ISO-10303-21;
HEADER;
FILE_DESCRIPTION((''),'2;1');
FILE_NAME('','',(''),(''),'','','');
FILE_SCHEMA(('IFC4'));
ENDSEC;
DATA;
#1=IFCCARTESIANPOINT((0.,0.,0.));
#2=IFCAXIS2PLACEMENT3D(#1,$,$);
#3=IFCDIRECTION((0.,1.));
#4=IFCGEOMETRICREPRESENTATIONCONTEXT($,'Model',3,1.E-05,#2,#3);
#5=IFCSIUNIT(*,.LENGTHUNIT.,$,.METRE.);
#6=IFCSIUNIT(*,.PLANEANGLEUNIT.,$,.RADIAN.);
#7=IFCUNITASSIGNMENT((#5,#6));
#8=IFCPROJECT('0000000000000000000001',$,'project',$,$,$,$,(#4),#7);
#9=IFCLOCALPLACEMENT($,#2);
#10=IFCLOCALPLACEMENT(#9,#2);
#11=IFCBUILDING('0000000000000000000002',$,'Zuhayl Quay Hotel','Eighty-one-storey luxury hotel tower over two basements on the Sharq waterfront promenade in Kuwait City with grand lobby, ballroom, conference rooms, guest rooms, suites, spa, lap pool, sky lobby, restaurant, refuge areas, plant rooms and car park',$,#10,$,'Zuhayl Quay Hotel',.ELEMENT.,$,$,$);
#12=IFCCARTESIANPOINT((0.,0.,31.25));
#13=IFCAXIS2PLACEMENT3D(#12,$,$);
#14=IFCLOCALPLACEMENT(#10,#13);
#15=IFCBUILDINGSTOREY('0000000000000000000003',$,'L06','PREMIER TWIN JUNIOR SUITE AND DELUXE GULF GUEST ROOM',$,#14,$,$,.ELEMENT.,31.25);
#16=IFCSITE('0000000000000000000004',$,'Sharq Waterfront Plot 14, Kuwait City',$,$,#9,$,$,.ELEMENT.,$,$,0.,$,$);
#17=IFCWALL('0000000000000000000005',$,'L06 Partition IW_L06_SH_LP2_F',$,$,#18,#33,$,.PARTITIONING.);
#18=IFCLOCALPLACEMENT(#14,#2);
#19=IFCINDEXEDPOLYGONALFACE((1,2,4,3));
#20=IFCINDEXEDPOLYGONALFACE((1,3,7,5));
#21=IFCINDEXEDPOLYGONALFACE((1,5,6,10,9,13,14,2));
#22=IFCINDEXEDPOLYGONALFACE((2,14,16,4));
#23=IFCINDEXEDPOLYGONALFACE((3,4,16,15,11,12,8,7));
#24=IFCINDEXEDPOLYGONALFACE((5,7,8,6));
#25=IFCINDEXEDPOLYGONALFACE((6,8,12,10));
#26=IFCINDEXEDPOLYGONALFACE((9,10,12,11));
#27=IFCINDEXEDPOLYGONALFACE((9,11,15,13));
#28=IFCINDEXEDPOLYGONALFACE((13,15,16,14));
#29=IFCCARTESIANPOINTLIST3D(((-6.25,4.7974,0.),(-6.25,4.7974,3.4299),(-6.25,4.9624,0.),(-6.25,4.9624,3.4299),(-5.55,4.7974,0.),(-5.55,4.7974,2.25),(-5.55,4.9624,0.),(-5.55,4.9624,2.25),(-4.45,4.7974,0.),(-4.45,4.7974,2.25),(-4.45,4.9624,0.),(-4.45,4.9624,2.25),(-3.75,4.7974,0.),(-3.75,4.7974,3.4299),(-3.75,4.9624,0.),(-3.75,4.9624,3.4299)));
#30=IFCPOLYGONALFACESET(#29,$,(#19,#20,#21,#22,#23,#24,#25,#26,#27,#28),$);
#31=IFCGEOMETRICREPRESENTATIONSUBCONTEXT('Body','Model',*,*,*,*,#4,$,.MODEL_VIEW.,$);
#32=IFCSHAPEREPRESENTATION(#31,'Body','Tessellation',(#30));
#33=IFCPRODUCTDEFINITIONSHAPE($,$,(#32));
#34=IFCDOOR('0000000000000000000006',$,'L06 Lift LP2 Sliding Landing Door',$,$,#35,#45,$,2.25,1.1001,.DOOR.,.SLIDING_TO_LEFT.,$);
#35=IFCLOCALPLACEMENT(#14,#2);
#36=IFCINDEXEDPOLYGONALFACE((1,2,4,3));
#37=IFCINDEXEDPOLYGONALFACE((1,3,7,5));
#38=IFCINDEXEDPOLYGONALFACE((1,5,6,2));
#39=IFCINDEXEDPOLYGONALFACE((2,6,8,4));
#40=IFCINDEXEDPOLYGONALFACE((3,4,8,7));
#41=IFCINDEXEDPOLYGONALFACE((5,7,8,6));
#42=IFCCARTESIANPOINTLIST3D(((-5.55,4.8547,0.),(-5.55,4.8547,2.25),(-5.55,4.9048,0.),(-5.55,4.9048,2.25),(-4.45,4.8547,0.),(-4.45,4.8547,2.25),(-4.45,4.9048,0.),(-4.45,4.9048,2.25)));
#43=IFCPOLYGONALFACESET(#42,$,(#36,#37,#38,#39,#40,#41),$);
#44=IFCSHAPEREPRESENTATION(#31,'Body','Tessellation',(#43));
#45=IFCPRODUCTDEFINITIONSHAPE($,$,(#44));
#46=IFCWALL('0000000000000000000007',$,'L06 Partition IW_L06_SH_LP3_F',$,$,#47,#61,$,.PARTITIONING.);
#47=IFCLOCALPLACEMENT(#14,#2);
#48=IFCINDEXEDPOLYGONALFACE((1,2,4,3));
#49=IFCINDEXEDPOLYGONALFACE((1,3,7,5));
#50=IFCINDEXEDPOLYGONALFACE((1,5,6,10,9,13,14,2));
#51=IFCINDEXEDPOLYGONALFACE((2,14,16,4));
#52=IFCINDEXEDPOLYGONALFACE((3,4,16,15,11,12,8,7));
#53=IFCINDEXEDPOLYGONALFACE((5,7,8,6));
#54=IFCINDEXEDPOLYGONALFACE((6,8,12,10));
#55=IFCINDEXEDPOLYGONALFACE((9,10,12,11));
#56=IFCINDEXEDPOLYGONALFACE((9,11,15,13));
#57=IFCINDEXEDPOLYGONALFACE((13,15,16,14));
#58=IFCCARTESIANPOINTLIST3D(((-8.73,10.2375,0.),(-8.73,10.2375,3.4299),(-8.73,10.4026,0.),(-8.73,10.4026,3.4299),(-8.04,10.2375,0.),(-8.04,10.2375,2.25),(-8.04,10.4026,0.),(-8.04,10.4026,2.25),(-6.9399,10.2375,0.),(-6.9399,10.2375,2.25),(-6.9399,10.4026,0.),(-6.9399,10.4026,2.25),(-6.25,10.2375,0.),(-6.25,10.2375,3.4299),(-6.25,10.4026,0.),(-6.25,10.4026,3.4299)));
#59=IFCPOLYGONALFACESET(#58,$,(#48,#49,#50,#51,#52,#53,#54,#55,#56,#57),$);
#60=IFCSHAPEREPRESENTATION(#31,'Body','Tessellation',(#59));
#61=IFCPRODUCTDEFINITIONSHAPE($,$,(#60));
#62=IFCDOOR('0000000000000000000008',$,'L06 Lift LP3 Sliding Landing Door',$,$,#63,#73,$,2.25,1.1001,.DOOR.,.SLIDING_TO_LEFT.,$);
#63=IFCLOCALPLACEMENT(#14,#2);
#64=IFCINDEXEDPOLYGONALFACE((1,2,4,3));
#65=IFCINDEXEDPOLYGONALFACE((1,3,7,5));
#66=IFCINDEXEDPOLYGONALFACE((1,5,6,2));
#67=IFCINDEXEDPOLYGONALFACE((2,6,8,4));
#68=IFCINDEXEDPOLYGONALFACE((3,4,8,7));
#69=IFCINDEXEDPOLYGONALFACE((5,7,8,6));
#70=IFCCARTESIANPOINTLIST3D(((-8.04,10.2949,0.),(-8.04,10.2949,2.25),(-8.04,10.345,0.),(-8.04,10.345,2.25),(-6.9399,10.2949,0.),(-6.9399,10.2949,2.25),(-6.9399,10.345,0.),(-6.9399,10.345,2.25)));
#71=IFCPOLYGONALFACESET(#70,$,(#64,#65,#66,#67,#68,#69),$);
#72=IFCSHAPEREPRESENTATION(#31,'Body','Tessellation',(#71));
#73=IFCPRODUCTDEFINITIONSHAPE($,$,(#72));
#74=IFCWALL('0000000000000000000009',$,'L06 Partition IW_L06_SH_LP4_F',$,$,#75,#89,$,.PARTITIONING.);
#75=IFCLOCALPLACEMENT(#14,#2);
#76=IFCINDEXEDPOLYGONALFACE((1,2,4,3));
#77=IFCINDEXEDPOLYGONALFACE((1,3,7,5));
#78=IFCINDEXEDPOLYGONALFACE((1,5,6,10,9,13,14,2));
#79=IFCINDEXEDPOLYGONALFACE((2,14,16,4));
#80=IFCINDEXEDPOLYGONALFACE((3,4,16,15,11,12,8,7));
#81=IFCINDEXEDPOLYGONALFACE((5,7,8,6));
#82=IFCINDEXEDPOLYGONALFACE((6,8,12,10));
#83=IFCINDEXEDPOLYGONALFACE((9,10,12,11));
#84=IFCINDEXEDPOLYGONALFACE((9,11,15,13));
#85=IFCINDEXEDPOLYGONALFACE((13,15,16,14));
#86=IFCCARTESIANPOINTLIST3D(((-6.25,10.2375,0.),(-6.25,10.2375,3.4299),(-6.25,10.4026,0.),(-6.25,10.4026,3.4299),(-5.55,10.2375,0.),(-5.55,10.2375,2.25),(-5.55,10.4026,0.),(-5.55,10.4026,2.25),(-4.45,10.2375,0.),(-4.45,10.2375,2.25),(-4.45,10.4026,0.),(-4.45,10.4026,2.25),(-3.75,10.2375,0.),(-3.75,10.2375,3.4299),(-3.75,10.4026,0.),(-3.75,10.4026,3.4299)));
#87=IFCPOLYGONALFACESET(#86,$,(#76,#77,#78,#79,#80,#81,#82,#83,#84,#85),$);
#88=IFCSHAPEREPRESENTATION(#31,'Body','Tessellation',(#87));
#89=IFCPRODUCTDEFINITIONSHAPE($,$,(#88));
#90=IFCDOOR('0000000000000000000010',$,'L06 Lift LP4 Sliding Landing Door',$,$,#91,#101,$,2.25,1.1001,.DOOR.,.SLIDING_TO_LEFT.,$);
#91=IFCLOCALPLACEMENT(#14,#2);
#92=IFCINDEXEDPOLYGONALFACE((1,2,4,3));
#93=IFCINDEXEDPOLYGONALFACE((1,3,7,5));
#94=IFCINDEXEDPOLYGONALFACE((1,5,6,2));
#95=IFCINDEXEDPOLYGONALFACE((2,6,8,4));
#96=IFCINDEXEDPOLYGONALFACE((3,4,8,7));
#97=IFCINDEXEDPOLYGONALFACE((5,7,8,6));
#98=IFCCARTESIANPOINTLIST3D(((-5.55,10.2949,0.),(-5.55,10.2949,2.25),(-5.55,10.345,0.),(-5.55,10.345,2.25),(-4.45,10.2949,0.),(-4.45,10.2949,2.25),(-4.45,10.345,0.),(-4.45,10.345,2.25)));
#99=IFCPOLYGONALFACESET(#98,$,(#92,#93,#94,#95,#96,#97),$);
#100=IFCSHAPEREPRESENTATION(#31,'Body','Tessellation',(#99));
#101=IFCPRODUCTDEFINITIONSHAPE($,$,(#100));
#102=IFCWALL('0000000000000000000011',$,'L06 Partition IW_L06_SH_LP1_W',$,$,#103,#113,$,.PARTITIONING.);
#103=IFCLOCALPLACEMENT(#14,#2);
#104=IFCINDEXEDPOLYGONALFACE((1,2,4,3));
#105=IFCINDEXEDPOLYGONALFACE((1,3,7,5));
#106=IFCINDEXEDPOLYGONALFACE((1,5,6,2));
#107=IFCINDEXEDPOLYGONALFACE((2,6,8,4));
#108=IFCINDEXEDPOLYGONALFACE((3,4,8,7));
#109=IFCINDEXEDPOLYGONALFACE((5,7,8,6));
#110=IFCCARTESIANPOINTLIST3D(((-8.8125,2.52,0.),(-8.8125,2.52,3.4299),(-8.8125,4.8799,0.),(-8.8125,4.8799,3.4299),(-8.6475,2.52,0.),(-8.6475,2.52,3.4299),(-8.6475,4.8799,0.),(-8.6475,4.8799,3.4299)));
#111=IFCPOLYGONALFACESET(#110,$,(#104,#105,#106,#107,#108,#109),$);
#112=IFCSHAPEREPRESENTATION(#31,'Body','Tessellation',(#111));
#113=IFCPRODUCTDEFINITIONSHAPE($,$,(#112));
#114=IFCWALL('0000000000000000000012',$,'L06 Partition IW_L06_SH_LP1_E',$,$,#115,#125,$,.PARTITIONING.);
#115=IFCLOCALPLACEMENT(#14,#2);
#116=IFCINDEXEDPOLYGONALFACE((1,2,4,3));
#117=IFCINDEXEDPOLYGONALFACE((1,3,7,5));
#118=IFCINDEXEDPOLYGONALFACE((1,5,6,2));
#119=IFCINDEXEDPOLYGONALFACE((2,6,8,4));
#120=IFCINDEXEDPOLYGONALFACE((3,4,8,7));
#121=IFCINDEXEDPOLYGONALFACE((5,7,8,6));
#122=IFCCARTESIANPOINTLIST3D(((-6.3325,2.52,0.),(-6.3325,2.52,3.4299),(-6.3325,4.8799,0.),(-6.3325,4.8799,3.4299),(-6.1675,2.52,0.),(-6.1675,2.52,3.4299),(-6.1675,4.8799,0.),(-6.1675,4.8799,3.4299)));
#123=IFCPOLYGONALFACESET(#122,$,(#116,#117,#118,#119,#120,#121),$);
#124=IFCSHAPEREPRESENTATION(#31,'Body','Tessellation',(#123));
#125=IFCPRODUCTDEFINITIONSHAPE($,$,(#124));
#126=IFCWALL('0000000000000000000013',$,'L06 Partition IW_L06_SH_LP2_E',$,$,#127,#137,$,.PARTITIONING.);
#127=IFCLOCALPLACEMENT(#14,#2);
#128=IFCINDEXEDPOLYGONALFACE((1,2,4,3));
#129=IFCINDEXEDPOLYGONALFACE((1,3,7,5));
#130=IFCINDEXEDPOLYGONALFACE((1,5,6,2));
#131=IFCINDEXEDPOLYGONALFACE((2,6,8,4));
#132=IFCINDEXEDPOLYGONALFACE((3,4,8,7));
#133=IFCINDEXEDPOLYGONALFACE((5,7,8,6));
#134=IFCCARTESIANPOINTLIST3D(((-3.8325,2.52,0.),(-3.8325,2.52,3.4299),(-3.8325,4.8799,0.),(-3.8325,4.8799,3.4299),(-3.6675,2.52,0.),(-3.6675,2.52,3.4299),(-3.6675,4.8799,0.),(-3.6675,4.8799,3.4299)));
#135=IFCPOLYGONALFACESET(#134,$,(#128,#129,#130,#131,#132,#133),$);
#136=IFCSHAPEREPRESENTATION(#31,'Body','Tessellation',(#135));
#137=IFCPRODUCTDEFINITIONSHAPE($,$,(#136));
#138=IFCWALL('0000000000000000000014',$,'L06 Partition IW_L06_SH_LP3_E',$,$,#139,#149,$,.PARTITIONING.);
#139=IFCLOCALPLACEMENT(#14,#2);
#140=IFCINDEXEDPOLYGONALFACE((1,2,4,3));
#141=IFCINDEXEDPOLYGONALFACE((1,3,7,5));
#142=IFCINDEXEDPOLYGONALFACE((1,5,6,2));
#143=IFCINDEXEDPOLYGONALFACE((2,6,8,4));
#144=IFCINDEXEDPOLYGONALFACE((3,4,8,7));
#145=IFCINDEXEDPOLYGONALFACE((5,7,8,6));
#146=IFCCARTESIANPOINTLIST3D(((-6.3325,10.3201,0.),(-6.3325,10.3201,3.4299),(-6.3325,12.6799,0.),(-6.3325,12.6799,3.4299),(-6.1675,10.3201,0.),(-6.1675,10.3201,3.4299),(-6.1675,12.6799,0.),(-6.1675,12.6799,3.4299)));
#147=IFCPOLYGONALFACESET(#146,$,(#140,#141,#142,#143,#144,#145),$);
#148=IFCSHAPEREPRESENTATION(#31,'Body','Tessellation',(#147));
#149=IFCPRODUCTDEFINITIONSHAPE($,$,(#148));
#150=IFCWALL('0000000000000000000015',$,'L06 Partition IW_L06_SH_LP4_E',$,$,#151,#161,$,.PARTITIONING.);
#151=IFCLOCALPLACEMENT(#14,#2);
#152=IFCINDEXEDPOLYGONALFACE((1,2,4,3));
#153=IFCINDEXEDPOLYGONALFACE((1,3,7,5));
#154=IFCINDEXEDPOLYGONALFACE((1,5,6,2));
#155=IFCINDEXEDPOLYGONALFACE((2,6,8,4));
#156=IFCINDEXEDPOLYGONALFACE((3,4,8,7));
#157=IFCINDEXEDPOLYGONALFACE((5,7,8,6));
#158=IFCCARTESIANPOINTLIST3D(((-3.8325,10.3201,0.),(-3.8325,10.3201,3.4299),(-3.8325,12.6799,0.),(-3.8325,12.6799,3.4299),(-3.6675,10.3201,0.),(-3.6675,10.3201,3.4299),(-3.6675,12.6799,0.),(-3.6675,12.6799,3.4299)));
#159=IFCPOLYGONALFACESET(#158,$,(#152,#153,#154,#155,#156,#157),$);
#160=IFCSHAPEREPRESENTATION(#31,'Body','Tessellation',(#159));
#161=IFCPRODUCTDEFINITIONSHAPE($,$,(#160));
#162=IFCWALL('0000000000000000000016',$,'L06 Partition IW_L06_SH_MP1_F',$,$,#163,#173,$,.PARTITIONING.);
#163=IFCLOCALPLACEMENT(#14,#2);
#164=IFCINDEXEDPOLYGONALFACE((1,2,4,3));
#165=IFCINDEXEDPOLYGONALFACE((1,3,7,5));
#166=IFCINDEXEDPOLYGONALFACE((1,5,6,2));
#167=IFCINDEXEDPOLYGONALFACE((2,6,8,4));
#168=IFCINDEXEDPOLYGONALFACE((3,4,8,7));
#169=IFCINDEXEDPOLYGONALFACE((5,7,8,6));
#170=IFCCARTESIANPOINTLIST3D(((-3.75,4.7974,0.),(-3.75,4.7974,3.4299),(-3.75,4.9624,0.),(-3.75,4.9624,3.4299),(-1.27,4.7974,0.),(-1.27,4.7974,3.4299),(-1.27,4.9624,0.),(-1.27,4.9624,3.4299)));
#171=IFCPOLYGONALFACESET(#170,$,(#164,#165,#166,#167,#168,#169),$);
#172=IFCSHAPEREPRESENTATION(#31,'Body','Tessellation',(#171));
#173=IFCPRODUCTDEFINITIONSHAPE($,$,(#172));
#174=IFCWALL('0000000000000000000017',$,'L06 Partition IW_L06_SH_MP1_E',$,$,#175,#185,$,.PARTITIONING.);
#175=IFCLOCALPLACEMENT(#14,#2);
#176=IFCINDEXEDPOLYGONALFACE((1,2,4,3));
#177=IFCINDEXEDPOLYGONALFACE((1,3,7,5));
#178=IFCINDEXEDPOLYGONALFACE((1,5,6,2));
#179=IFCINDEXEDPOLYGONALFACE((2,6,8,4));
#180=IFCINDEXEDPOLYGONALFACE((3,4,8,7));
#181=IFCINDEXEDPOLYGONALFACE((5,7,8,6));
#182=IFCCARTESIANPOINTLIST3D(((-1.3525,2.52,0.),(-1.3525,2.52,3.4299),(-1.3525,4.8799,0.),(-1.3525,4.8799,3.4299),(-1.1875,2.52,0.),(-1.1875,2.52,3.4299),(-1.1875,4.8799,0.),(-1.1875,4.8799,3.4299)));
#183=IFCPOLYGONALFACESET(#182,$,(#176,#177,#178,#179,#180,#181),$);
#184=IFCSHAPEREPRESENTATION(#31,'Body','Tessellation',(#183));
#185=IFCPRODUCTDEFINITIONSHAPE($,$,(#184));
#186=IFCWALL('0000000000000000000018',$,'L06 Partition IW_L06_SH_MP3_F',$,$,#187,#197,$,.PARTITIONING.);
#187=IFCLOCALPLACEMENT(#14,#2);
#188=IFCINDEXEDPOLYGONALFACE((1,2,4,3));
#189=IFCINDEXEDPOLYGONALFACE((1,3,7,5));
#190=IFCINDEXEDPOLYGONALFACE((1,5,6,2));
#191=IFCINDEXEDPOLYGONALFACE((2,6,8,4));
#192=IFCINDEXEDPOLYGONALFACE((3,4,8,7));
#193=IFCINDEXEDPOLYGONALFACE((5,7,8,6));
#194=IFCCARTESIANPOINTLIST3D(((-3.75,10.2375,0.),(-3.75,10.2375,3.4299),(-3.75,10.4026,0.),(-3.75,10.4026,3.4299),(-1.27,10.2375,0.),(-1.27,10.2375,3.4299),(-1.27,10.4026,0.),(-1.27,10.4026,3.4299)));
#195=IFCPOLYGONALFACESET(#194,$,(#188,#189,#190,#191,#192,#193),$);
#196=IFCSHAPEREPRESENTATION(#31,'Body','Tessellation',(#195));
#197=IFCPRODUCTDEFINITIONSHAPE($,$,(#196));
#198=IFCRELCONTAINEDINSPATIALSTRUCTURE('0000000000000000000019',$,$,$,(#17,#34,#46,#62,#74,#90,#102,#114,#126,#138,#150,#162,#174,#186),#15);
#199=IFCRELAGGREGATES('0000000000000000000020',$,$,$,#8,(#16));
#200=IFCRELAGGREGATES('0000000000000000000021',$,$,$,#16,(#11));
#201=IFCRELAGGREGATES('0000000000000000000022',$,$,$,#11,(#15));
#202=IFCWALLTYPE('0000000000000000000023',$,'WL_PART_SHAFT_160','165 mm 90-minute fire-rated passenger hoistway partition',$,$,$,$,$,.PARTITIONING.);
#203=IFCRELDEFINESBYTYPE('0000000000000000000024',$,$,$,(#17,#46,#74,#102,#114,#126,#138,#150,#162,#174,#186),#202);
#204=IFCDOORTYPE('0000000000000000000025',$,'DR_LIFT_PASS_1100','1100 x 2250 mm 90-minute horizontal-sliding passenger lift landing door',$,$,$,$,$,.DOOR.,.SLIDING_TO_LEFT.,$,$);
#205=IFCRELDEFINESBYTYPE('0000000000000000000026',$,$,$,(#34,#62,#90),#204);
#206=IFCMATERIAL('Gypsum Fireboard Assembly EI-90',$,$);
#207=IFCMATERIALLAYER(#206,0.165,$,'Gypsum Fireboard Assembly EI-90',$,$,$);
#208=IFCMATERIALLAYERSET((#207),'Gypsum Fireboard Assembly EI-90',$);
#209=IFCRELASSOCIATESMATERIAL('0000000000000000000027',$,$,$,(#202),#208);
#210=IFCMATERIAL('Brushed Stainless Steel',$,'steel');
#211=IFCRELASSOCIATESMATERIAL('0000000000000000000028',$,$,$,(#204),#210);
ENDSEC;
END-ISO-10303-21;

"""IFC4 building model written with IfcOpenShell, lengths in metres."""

from ifc_helpers import new_model, si_unit, direction, frame, frame_2d, origin, place, context, subcontext, project, spatial, rectangle, extrude, material, layer, layer_set, type_object, element, fill, save


model = new_model("IFC4")

# Units and contexts
model_context = context("Model", 3, precision=1e-05, world=origin(), true_north=direction((0.0, 1.0)))
body_context = subcontext(model_context, "Body", "Model", "MODEL_VIEW")
ifc_project = project(units=[si_unit("LENGTHUNIT", "METRE"), si_unit("PLANEANGLEUNIT", "RADIAN")], contexts=[model_context])

# Site, building, storey
site_placement = place(None, origin())
site = spatial("IfcSite", under=ifc_project, at=site_placement, Name="Sharq Waterfront Plot 14, Kuwait City", CompositionType="ELEMENT", RefElevation=0.0)
building_placement = place(site_placement, origin())
building = spatial("IfcBuilding", under=site, at=building_placement, Name="Zuhayl Quay Hotel", Description="Eighty-one-storey luxury hotel tower over two basements on the Sharq waterfront promenade in Kuwait City with grand lobby, ballroom, conference rooms, guest rooms, suites, spa, lap pool, sky lobby, restaurant, refuge areas, plant rooms and car park", LongName="Zuhayl Quay Hotel", CompositionType="ELEMENT")
storey_placement = place(building_placement, frame((0.0, 0.0, 31.25)))
storey = spatial("IfcBuildingStorey", under=building, at=storey_placement, Name="L06", Description="PREMIER TWIN JUNIOR SUITE AND DELUXE GULF GUEST ROOM", CompositionType="ELEMENT", Elevation=31.25)

# Walls, openings, doors
ifc_material_1 = material(Name="Gypsum Fireboard Assembly EI-90")
ifc_layer_1 = layer(ifc_material_1, 0.165, Name="Gypsum Fireboard Assembly EI-90")
ifc_layer_set_1 = layer_set([ifc_layer_1], Name="Gypsum Fireboard Assembly EI-90")
wall_type_1 = type_object("IfcWallType", Name="WL_PART_SHAFT_160", Description="165 mm 90-minute fire-rated passenger hoistway partition", PredefinedType="PARTITIONING", material=ifc_layer_set_1)
ifc_material_2 = material(Name="Brushed Stainless Steel", Category="steel")
door_type_1 = type_object("IfcDoorType", Name="DR_LIFT_PASS_1100", Description="1100 x 2250 mm 90-minute horizontal-sliding passenger lift landing door", OperationType="SLIDING_TO_LEFT", PredefinedType="DOOR", material=ifc_material_2)
wall_1_placement = place(storey_placement, frame((-6.25, 4.8799, 0.0), z_axis=(0.0, 0.0, 1.0), x_axis=(1.0, 0.0, 0.0)))
wall_1 = element("IfcWall", 1, at=wall_1_placement, inside=storey, type_object=wall_type_1, Name="L06 Partition IW_L06_SH_LP2_F", PredefinedType="PARTITIONING", context=body_context, shape_type="SweptSolid", body=[
    extrude(rectangle(XDim=2.5, YDim=0.165, at=frame_2d((1.25, 0.0))), origin(), (0.0, 0.0, 1.0), 3.4299),
])
opening_1_placement = place(wall_1_placement, frame((0.7, 0.0, 0.0)))
opening_1 = element("IfcOpeningElement", 2, at=opening_1_placement, cuts=wall_1, PredefinedType="OPENING", context=body_context, shape_type="SweptSolid", body=[
    extrude(rectangle(XDim=1.1001, YDim=2.25, at=frame_2d((0.55, 1.125))), frame((0.0, 0.0925, 0.0), z_axis=(0.0, -1.0, 0.0), x_axis=(1.0, 0.0, 0.0)), (0.0, 0.0, 1.0), 0.1851),
])
door_1_placement = place(opening_1_placement, origin())
door_1 = element("IfcDoor", 3, at=door_1_placement, inside=storey, type_object=door_type_1, Name="L06 Lift LP2 Sliding Landing Door", OperationType="SLIDING_TO_LEFT", OverallHeight=2.25, OverallWidth=1.1001, PredefinedType="DOOR", context=body_context, shape_type="SweptSolid", body=[
    extrude(rectangle(XDim=1.1001, YDim=2.25, at=frame_2d((0.55, 1.125))), frame((0.0, 0.0249, 0.0), z_axis=(0.0, -1.0, 0.0), x_axis=(1.0, 0.0, 0.0)), (0.0, 0.0, 1.0), 0.05),
])
fill(opening_1, door_1)
wall_2_placement = place(storey_placement, frame((-8.73, 10.3201, 0.0), z_axis=(0.0, 0.0, 1.0), x_axis=(1.0, 0.0, 0.0)))
wall_2 = element("IfcWall", 4, at=wall_2_placement, inside=storey, type_object=wall_type_1, Name="L06 Partition IW_L06_SH_LP3_F", PredefinedType="PARTITIONING", context=body_context, shape_type="SweptSolid", body=[
    extrude(rectangle(XDim=2.48, YDim=0.165, at=frame_2d((1.24, 0.0))), origin(), (0.0, 0.0, 1.0), 3.4299),
])
opening_2_placement = place(wall_2_placement, frame((0.6899, 0.0, 0.0)))
opening_2 = element("IfcOpeningElement", 5, at=opening_2_placement, cuts=wall_2, PredefinedType="OPENING", context=body_context, shape_type="SweptSolid", body=[
    extrude(rectangle(XDim=1.1001, YDim=2.25, at=frame_2d((0.55, 1.125))), frame((0.0, 0.0925, 0.0), z_axis=(0.0, -1.0, 0.0), x_axis=(1.0, 0.0, 0.0)), (0.0, 0.0, 1.0), 0.1851),
])
door_2_placement = place(opening_2_placement, origin())
door_2 = element("IfcDoor", 6, at=door_2_placement, inside=storey, type_object=door_type_1, Name="L06 Lift LP3 Sliding Landing Door", OperationType="SLIDING_TO_LEFT", OverallHeight=2.25, OverallWidth=1.1001, PredefinedType="DOOR", context=body_context, shape_type="SweptSolid", body=[
    extrude(rectangle(XDim=1.1001, YDim=2.25, at=frame_2d((0.55, 1.125))), frame((0.0, 0.0249, 0.0), z_axis=(0.0, -1.0, 0.0), x_axis=(1.0, 0.0, 0.0)), (0.0, 0.0, 1.0), 0.05),
])
fill(opening_2, door_2)
wall_3_placement = place(storey_placement, frame((-6.25, 10.3201, 0.0), z_axis=(0.0, 0.0, 1.0), x_axis=(1.0, 0.0, 0.0)))
wall_3 = element("IfcWall", 7, at=wall_3_placement, inside=storey, type_object=wall_type_1, Name="L06 Partition IW_L06_SH_LP4_F", PredefinedType="PARTITIONING", context=body_context, shape_type="SweptSolid", body=[
    extrude(rectangle(XDim=2.5, YDim=0.165, at=frame_2d((1.25, 0.0))), origin(), (0.0, 0.0, 1.0), 3.4299),
])
opening_3_placement = place(wall_3_placement, frame((0.7, 0.0, 0.0)))
opening_3 = element("IfcOpeningElement", 8, at=opening_3_placement, cuts=wall_3, PredefinedType="OPENING", context=body_context, shape_type="SweptSolid", body=[
    extrude(rectangle(XDim=1.1001, YDim=2.25, at=frame_2d((0.55, 1.125))), frame((0.0, 0.0925, 0.0), z_axis=(0.0, -1.0, 0.0), x_axis=(1.0, 0.0, 0.0)), (0.0, 0.0, 1.0), 0.1851),
])
door_3_placement = place(opening_3_placement, origin())
door_3 = element("IfcDoor", 9, at=door_3_placement, inside=storey, type_object=door_type_1, Name="L06 Lift LP4 Sliding Landing Door", OperationType="SLIDING_TO_LEFT", OverallHeight=2.25, OverallWidth=1.1001, PredefinedType="DOOR", context=body_context, shape_type="SweptSolid", body=[
    extrude(rectangle(XDim=1.1001, YDim=2.25, at=frame_2d((0.55, 1.125))), frame((0.0, 0.0249, 0.0), z_axis=(0.0, -1.0, 0.0), x_axis=(1.0, 0.0, 0.0)), (0.0, 0.0, 1.0), 0.05),
])
fill(opening_3, door_3)

# Walls
for number, where, z_axis, x_axis, name in (
    (10, (-8.73, 2.52, 0.0), (0.0, 0.0, 1.0), (0.0, 1.0, 0.0), "L06 Partition IW_L06_SH_LP1_W"),
    (11, (-6.25, 2.52, 0.0), (0.0, 0.0, 1.0), (0.0, 1.0, 0.0), "L06 Partition IW_L06_SH_LP1_E"),
    (12, (-3.75, 2.52, 0.0), (0.0, 0.0, 1.0), (0.0, 1.0, 0.0), "L06 Partition IW_L06_SH_LP2_E"),
    (13, (-6.25, 10.3201, 0.0), (0.0, 0.0, 1.0), (0.0, 1.0, 0.0), "L06 Partition IW_L06_SH_LP3_E"),
    (14, (-3.75, 10.3201, 0.0), (0.0, 0.0, 1.0), (0.0, 1.0, 0.0), "L06 Partition IW_L06_SH_LP4_E"),
):
    element("IfcWall", number, at=place(storey_placement, frame(where, z_axis=z_axis, x_axis=x_axis)), inside=storey, type_object=wall_type_1, Name=name, PredefinedType="PARTITIONING", context=body_context, shape_type="SweptSolid", body=[
        extrude(rectangle(XDim=2.3599, YDim=0.165, at=frame_2d((1.1799, 0.0))), origin(), (0.0, 0.0, 1.0), 3.4299),
    ])
wall_4_placement = place(storey_placement, frame((-3.75, 4.8799, 0.0), z_axis=(0.0, 0.0, 1.0), x_axis=(1.0, 0.0, 0.0)))
element("IfcWall", 15, at=wall_4_placement, inside=storey, type_object=wall_type_1, Name="L06 Partition IW_L06_SH_MP1_F", PredefinedType="PARTITIONING", context=body_context, shape_type="SweptSolid", body=[
    extrude(rectangle(XDim=2.48, YDim=0.165, at=frame_2d((1.24, 0.0))), origin(), (0.0, 0.0, 1.0), 3.4299),
])
wall_5_placement = place(storey_placement, frame((-1.27, 2.52, 0.0), z_axis=(0.0, 0.0, 1.0), x_axis=(0.0, 1.0, 0.0)))
element("IfcWall", 16, at=wall_5_placement, inside=storey, type_object=wall_type_1, Name="L06 Partition IW_L06_SH_MP1_E", PredefinedType="PARTITIONING", context=body_context, shape_type="SweptSolid", body=[
    extrude(rectangle(XDim=2.3599, YDim=0.165, at=frame_2d((1.1799, 0.0))), origin(), (0.0, 0.0, 1.0), 3.4299),
])
wall_6_placement = place(storey_placement, frame((-3.75, 10.3201, 0.0), z_axis=(0.0, 0.0, 1.0), x_axis=(1.0, 0.0, 0.0)))
element("IfcWall", 17, at=wall_6_placement, inside=storey, type_object=wall_type_1, Name="L06 Partition IW_L06_SH_MP3_F", PredefinedType="PARTITIONING", context=body_context, shape_type="SweptSolid", body=[
    extrude(rectangle(XDim=2.48, YDim=0.165, at=frame_2d((1.24, 0.0))), origin(), (0.0, 0.0, 1.0), 3.4299),
])

save(model, "model.ifc")
